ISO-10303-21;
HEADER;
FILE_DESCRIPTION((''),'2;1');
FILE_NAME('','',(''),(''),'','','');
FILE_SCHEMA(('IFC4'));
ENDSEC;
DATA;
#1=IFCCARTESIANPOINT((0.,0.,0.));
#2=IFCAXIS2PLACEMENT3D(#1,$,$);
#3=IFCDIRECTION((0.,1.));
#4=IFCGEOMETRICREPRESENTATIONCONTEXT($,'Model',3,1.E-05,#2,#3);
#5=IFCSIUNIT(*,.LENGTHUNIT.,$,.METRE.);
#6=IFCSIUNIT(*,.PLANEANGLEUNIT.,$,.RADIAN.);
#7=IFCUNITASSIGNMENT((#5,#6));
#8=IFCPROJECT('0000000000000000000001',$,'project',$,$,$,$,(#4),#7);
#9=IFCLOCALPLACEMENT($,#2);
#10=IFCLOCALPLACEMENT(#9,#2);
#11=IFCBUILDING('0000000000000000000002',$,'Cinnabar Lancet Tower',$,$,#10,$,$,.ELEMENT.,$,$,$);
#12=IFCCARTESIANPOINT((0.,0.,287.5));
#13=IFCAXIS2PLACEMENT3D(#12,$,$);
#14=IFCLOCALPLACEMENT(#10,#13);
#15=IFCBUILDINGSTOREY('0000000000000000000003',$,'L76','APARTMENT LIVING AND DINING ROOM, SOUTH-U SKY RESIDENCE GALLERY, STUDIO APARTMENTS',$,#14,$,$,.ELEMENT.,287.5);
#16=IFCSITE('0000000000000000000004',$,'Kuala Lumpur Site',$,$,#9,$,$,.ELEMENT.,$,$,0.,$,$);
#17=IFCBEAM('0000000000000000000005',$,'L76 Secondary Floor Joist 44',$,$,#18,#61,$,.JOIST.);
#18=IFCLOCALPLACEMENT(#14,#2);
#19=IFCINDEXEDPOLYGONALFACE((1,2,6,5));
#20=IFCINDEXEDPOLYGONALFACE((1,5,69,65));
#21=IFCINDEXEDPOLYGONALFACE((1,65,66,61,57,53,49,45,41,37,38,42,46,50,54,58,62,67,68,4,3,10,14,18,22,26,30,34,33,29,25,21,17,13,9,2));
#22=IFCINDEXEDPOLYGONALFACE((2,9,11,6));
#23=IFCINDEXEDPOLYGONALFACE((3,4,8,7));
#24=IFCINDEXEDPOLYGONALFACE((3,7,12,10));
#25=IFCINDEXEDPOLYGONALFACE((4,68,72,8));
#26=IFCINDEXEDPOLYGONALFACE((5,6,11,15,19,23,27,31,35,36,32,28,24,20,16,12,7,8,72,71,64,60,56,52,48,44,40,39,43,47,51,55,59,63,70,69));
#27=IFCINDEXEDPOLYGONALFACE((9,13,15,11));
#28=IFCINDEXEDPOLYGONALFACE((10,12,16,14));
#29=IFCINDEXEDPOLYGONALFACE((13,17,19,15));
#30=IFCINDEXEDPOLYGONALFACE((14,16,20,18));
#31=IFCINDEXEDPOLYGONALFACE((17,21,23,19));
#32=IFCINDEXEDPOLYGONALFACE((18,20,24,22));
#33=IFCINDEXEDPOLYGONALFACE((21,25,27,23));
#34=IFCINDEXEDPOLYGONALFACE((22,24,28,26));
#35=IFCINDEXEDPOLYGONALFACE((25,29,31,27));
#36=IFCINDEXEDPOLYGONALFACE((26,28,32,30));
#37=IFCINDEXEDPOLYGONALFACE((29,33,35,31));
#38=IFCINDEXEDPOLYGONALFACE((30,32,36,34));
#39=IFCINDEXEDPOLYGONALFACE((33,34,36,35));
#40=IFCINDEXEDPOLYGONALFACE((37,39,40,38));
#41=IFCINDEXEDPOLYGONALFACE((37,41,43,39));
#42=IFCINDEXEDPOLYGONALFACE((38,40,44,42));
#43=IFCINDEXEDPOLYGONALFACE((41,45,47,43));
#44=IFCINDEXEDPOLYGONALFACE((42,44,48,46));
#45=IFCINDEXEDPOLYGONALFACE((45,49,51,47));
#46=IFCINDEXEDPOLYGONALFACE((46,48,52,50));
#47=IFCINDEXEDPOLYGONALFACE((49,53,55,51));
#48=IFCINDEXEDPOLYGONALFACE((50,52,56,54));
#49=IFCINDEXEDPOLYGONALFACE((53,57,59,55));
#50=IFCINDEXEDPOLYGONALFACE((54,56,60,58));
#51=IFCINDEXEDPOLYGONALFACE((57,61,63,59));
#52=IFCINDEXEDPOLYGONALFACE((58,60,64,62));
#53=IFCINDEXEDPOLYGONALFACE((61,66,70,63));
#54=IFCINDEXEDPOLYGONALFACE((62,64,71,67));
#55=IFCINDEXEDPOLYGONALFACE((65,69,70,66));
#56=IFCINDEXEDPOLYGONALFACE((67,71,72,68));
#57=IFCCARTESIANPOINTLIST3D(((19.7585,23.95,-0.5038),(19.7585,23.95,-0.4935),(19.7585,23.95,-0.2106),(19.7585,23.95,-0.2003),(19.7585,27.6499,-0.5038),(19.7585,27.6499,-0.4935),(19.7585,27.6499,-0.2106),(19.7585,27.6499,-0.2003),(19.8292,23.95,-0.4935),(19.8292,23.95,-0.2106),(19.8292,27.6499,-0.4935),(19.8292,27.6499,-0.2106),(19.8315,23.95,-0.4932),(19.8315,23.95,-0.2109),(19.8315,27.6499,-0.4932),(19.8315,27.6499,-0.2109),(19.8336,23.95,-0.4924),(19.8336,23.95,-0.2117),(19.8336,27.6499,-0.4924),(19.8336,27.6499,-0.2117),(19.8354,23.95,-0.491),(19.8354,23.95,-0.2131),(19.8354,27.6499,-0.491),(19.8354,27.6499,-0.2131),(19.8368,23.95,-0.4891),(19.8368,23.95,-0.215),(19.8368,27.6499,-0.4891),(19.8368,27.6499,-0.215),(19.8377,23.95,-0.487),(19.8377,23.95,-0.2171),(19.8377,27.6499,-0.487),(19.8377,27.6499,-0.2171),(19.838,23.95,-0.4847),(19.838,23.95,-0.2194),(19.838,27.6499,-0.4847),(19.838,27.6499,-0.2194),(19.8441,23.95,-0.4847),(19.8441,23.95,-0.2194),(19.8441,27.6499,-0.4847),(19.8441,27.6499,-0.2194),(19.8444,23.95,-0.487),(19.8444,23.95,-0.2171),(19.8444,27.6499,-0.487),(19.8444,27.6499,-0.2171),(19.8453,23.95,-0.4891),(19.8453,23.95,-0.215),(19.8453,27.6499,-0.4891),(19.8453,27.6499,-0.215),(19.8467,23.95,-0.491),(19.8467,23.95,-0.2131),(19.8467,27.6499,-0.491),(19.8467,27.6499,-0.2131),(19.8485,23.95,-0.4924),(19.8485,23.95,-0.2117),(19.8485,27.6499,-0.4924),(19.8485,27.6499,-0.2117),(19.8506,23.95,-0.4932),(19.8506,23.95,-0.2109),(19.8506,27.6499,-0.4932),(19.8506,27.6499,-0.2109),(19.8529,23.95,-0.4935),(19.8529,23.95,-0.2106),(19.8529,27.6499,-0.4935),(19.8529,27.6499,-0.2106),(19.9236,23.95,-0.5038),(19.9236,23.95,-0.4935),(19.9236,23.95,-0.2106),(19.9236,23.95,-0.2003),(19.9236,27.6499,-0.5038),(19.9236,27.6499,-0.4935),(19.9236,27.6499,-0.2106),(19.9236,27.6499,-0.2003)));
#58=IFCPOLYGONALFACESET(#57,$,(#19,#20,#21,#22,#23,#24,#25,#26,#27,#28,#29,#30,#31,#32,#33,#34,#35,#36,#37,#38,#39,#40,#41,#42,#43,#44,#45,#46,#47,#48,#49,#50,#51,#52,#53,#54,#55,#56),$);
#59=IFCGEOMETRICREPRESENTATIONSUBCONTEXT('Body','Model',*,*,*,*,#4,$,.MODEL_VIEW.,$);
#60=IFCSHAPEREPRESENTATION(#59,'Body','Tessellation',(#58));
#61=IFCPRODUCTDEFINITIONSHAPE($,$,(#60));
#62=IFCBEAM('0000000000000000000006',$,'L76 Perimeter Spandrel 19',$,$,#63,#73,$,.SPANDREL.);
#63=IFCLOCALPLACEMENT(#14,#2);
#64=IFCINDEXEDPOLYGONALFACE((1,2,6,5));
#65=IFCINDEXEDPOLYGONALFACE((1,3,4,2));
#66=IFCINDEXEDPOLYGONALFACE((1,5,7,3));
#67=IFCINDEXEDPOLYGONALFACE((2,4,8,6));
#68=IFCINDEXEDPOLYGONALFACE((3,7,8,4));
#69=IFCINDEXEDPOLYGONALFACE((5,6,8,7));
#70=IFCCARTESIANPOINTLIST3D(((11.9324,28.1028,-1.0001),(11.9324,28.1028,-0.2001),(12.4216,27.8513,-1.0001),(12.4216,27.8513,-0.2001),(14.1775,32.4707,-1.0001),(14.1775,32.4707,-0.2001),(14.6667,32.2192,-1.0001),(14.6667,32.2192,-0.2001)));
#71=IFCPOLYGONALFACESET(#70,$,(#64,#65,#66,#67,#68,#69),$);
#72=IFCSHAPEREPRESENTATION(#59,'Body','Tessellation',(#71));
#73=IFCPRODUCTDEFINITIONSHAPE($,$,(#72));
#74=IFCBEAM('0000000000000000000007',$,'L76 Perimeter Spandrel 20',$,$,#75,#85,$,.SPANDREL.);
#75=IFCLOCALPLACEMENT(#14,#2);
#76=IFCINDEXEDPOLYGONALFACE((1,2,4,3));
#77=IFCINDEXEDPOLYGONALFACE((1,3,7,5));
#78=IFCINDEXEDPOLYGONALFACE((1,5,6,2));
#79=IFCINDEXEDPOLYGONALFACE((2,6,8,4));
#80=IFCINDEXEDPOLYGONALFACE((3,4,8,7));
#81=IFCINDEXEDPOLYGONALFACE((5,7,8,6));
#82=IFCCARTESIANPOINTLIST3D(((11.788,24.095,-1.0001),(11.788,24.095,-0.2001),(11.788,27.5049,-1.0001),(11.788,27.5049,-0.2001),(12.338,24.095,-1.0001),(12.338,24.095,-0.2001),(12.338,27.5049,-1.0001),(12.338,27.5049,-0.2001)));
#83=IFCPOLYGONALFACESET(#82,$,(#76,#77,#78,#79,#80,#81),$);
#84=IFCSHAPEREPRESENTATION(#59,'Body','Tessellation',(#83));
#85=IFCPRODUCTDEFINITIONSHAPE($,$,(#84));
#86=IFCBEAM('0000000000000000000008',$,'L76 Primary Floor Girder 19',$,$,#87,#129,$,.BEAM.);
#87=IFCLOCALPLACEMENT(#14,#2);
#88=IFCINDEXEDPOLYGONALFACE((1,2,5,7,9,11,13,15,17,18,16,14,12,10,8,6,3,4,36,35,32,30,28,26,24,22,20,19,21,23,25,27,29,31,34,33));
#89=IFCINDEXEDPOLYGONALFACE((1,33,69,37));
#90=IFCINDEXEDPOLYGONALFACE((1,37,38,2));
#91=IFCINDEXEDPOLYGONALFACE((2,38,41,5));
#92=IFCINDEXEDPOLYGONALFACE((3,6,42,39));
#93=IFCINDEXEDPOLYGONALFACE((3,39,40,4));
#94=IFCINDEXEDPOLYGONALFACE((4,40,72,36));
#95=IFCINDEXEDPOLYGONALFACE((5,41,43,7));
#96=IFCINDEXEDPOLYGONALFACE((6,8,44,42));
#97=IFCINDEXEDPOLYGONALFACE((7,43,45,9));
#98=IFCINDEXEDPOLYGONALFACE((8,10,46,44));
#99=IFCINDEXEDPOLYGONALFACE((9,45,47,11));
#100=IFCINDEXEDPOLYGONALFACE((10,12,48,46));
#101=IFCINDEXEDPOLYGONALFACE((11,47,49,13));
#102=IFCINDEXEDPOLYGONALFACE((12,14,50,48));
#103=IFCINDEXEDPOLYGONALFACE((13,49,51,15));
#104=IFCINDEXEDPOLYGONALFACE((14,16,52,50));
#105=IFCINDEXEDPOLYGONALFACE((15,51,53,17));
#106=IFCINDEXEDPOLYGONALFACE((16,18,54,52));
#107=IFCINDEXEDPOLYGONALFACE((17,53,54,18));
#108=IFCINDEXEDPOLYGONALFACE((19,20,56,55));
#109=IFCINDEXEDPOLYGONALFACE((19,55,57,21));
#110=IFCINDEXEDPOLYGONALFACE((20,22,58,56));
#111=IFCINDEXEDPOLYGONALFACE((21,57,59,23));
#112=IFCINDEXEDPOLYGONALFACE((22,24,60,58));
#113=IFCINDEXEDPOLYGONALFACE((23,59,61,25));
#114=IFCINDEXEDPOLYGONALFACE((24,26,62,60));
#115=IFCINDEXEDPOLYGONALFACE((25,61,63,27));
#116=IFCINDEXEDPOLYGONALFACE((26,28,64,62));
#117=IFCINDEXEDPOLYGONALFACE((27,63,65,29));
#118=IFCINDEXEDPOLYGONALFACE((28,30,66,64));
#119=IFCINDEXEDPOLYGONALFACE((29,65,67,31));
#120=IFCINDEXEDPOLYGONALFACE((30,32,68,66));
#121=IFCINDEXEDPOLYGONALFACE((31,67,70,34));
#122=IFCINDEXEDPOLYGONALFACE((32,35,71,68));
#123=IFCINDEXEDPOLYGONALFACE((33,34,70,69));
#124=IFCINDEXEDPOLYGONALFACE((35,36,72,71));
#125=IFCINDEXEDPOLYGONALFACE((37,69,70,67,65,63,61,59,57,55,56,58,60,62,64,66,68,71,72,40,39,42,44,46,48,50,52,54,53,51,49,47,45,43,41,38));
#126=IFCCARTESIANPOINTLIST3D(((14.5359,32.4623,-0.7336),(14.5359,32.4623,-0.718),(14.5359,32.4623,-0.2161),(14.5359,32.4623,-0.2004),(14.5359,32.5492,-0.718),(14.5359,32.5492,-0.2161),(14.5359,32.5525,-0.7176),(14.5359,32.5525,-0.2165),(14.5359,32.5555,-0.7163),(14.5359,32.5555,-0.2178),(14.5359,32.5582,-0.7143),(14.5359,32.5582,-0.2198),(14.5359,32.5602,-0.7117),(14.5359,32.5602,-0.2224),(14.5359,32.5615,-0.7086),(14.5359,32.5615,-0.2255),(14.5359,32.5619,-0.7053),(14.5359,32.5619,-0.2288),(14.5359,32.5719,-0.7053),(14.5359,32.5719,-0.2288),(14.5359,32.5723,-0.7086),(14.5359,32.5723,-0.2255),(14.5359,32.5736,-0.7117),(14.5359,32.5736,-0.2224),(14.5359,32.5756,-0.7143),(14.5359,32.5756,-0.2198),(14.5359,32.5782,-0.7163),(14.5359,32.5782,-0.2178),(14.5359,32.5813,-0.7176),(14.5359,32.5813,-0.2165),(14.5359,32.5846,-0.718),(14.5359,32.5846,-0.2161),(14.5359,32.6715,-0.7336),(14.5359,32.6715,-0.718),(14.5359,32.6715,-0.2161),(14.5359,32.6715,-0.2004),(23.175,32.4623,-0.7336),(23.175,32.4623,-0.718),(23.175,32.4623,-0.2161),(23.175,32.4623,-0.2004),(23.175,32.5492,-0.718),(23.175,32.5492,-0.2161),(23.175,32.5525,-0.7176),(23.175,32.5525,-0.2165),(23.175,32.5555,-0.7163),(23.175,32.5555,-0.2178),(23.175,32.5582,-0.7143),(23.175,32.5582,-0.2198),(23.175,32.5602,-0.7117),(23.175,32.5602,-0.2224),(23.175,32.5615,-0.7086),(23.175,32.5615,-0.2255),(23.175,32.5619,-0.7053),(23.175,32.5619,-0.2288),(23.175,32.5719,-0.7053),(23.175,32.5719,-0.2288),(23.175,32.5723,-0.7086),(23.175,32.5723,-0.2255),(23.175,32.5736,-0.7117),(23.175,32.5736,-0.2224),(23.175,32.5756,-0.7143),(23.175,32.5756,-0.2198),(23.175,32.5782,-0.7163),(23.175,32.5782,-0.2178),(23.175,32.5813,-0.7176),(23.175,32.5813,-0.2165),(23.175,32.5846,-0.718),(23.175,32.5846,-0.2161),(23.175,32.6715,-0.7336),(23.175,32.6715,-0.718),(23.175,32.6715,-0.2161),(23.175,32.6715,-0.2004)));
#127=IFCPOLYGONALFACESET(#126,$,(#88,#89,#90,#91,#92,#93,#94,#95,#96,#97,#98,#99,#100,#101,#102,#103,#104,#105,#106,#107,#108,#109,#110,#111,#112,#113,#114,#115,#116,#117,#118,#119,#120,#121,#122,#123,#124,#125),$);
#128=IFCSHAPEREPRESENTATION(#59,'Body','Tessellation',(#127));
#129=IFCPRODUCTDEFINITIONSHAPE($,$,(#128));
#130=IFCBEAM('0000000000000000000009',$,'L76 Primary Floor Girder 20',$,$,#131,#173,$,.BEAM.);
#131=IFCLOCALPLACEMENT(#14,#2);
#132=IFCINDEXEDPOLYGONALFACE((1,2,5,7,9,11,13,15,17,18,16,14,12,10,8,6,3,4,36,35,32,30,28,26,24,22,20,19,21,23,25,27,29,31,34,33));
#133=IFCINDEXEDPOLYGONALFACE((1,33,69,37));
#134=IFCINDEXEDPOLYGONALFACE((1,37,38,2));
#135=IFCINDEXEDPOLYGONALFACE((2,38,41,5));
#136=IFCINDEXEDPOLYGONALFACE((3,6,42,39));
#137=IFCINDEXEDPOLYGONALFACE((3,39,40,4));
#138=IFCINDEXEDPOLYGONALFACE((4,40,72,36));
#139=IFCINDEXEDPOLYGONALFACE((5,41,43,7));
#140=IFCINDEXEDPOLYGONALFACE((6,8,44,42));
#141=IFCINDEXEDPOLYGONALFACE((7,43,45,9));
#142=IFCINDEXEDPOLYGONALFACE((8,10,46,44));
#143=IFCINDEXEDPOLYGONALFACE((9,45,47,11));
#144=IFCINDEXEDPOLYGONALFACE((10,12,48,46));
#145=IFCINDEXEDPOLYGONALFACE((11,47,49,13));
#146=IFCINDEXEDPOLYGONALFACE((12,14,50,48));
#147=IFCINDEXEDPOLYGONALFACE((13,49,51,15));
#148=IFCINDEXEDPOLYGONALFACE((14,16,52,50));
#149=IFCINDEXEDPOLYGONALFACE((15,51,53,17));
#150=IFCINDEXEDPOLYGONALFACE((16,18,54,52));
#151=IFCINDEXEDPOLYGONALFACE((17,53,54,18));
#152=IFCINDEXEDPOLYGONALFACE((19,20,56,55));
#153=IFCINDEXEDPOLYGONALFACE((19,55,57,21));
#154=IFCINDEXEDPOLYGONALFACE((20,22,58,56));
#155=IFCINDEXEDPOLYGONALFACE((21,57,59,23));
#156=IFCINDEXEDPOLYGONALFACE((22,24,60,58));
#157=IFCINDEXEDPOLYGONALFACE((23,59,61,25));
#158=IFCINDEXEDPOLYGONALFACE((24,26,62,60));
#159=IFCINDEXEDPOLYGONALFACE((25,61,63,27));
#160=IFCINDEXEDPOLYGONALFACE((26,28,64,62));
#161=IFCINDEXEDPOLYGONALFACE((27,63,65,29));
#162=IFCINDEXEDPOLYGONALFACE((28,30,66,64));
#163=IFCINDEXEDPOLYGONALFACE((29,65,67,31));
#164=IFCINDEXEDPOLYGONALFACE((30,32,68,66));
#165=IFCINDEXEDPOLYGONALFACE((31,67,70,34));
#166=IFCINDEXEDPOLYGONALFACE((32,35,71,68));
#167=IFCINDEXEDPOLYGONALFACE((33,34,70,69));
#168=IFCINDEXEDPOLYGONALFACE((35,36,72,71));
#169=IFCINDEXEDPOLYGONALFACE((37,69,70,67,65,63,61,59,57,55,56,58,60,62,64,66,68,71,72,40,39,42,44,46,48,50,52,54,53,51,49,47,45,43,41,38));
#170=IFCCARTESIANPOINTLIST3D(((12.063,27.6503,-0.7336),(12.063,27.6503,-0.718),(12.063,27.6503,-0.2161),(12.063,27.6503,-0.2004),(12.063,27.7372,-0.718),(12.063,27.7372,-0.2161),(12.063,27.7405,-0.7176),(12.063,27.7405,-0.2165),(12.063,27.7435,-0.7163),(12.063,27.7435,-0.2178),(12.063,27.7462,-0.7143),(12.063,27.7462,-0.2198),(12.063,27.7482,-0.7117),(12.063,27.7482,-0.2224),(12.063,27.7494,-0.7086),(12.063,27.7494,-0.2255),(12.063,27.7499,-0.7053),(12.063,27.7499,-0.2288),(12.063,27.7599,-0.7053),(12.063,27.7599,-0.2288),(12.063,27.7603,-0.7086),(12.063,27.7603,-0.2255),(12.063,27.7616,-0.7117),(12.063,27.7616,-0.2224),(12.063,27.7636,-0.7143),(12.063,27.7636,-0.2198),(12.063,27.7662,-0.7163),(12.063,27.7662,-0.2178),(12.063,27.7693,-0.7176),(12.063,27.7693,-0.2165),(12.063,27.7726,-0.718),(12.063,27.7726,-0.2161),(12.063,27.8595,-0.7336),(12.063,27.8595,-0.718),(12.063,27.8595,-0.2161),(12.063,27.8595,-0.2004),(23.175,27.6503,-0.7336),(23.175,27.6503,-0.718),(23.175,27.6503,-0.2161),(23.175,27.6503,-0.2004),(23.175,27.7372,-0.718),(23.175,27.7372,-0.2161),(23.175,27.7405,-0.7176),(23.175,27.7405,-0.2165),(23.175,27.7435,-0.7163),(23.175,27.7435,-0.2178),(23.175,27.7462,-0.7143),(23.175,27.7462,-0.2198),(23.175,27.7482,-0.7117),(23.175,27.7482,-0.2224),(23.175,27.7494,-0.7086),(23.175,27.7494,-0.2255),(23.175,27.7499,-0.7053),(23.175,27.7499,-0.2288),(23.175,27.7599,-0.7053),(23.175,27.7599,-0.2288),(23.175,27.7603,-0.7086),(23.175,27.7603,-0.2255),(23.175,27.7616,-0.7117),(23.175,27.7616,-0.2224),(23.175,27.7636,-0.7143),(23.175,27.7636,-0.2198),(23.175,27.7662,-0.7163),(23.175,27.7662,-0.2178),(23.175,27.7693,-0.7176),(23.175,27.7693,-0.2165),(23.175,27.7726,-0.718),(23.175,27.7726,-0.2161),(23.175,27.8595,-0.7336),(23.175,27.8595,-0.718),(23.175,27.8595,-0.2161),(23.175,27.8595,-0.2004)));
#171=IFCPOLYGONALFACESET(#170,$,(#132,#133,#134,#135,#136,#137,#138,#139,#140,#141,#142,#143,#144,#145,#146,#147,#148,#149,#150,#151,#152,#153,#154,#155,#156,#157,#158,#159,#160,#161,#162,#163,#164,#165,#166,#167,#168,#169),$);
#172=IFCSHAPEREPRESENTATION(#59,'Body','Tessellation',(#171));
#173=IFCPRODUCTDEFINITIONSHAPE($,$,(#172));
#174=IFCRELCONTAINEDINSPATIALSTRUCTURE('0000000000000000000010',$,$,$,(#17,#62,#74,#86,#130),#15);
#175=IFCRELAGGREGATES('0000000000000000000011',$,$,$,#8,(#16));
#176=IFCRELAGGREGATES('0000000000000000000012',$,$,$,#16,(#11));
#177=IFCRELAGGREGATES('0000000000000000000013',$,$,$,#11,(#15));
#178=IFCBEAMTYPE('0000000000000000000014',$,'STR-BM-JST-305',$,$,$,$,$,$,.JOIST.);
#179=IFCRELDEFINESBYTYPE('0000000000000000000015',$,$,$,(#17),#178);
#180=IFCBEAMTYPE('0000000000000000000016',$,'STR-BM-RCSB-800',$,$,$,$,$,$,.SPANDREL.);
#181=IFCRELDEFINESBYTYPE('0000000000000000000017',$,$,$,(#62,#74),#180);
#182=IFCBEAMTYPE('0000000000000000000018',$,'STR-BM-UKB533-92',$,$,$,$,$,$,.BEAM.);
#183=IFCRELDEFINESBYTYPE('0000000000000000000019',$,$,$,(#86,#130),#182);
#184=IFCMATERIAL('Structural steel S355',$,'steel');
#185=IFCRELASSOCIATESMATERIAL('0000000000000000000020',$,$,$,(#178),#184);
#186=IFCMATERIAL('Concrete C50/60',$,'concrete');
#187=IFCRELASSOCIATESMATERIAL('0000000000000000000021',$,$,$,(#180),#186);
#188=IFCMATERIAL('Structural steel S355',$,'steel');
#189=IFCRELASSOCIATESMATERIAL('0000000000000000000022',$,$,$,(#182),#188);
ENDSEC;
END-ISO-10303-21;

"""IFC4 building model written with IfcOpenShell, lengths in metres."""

from ifc_helpers import new_model, si_unit, direction, frame, origin, origin_2d, place, context, subcontext, project, spatial, rectangle, i_section, extrude, material, material_profile, profile_set, type_object, element, save


model = new_model("IFC4")

# Units and contexts
model_context = context("Model", 3, precision=1e-05, world=origin(), true_north=direction((0.0, 1.0)))
body_context = subcontext(model_context, "Body", "Model", "MODEL_VIEW")
ifc_project = project(units=[si_unit("LENGTHUNIT", "METRE"), si_unit("PLANEANGLEUNIT", "RADIAN")], contexts=[model_context])

# Site, building, storey
site_placement = place(None, origin())
site = spatial("IfcSite", under=ifc_project, at=site_placement, Name="Kuala Lumpur Site", CompositionType="ELEMENT", RefElevation=0.0)
building_placement = place(site_placement, origin())
building = spatial("IfcBuilding", under=site, at=building_placement, Name="Cinnabar Lancet Tower", CompositionType="ELEMENT")
storey_placement = place(building_placement, frame((0.0, 0.0, 287.5)))
storey = spatial("IfcBuildingStorey", under=building, at=storey_placement, Name="L76", Description="APARTMENT LIVING AND DINING ROOM, SOUTH-U SKY RESIDENCE GALLERY, STUDIO APARTMENTS", CompositionType="ELEMENT", Elevation=287.5)

# Beams
ifc_material_1 = material(Name="Structural steel S355", Category="steel")
ifc_material_profile_1 = material_profile(ifc_material_1, i_section(OverallWidth=0.165, OverallDepth=0.3035, WebThickness=0.0061, FlangeThickness=0.0103, FilletRadius=0.0088, at=origin_2d()), Name="UKB 305x165x40")
ifc_profile_set_1 = profile_set([ifc_material_profile_1], Name="Structural steel S355")
beam_type_1 = type_object("IfcBeamType", Name="STR-BM-JST-305", PredefinedType="JOIST", material=ifc_profile_set_1)
for number, where, z_axis, x_axis, name in (
    (1, (19.8411, 27.6499, -0.3521), (0.0, -1.0, 0.0), (1.0, 0.0, 0.0), "L76 Secondary Floor Joist 44"),
):
    element("IfcBeam", number, at=place(storey_placement, frame(where, z_axis=z_axis, x_axis=x_axis)), inside=storey, type_object=beam_type_1, Name=name, PredefinedType="JOIST", context=body_context, shape_type="SweptSolid", body=[
        extrude(i_section(OverallWidth=0.165, OverallDepth=0.3035, WebThickness=0.0061, FlangeThickness=0.0103, FilletRadius=0.0088, at=origin_2d()), origin(), (0.0, 0.0, 1.0), 3.7),
    ])
ifc_material_2 = material(Name="Concrete C50/60", Category="concrete")
ifc_material_profile_2 = material_profile(ifc_material_2, rectangle(XDim=0.55, YDim=0.8, at=origin_2d()), Name="RC-SB 550x800")
ifc_profile_set_2 = profile_set([ifc_material_profile_2], Name="Concrete C50/60")
beam_type_2 = type_object("IfcBeamType", Name="STR-BM-RCSB-800", PredefinedType="SPANDREL", material=ifc_profile_set_2)
beam_1_placement = place(storey_placement, frame((14.4221, 32.345, -0.6001), z_axis=(-0.457148, -0.889391, 0.0), x_axis=(0.889391, -0.457148, 0.0)))
element("IfcBeam", 2, at=beam_1_placement, inside=storey, type_object=beam_type_2, Name="L76 Perimeter Spandrel 19", PredefinedType="SPANDREL", context=body_context, shape_type="SweptSolid", body=[
    extrude(rectangle(XDim=0.55, YDim=0.8, at=origin_2d()), origin(), (0.0, 0.0, 1.0), 4.9111),
])
beam_2_placement = place(storey_placement, frame((12.063, 27.5049, -0.6001), z_axis=(0.0, -1.0, 0.0), x_axis=(1.0, 0.0, 0.0)))
element("IfcBeam", 3, at=beam_2_placement, inside=storey, type_object=beam_type_2, Name="L76 Perimeter Spandrel 20", PredefinedType="SPANDREL", context=body_context, shape_type="SweptSolid", body=[
    extrude(rectangle(XDim=0.55, YDim=0.8, at=origin_2d()), origin(), (0.0, 0.0, 1.0), 3.4099),
])
ifc_material_3 = material(Name="Structural steel S355", Category="steel")
ifc_material_profile_3 = material_profile(ifc_material_3, i_section(OverallWidth=0.2092, OverallDepth=0.5332, WebThickness=0.01, FlangeThickness=0.0156, FilletRadius=0.0127, at=origin_2d()), Name="UKB 533x210x92")
ifc_profile_set_3 = profile_set([ifc_material_profile_3], Name="Structural steel S355")
beam_type_3 = type_object("IfcBeamType", Name="STR-BM-UKB533-92", PredefinedType="BEAM", material=ifc_profile_set_3)
beam_3_placement = place(storey_placement, frame((14.5359, 32.5669, -0.467), z_axis=(1.0, 0.0, 0.0), x_axis=(0.0, 1.0, 0.0)))
element("IfcBeam", 4, at=beam_3_placement, inside=storey, type_object=beam_type_3, Name="L76 Primary Floor Girder 19", PredefinedType="BEAM", context=body_context, shape_type="SweptSolid", body=[
    extrude(i_section(OverallWidth=0.2092, OverallDepth=0.5332, WebThickness=0.01, FlangeThickness=0.0156, FilletRadius=0.0127, at=origin_2d()), origin(), (0.0, 0.0, 1.0), 8.6392),
])
for number, where, z_axis, x_axis, name in (
    (5, (12.063, 27.7549, -0.467), (1.0, 0.0, 0.0), (0.0, 1.0, 0.0), "L76 Primary Floor Girder 20"),
):
    element("IfcBeam", number, at=place(storey_placement, frame(where, z_axis=z_axis, x_axis=x_axis)), inside=storey, type_object=beam_type_3, Name=name, PredefinedType="BEAM", context=body_context, shape_type="SweptSolid", body=[
        extrude(i_section(OverallWidth=0.2092, OverallDepth=0.5332, WebThickness=0.01, FlangeThickness=0.0156, FilletRadius=0.0127, at=origin_2d()), origin(), (0.0, 0.0, 1.0), 11.1121),
    ])

save(model, "model.ifc")
